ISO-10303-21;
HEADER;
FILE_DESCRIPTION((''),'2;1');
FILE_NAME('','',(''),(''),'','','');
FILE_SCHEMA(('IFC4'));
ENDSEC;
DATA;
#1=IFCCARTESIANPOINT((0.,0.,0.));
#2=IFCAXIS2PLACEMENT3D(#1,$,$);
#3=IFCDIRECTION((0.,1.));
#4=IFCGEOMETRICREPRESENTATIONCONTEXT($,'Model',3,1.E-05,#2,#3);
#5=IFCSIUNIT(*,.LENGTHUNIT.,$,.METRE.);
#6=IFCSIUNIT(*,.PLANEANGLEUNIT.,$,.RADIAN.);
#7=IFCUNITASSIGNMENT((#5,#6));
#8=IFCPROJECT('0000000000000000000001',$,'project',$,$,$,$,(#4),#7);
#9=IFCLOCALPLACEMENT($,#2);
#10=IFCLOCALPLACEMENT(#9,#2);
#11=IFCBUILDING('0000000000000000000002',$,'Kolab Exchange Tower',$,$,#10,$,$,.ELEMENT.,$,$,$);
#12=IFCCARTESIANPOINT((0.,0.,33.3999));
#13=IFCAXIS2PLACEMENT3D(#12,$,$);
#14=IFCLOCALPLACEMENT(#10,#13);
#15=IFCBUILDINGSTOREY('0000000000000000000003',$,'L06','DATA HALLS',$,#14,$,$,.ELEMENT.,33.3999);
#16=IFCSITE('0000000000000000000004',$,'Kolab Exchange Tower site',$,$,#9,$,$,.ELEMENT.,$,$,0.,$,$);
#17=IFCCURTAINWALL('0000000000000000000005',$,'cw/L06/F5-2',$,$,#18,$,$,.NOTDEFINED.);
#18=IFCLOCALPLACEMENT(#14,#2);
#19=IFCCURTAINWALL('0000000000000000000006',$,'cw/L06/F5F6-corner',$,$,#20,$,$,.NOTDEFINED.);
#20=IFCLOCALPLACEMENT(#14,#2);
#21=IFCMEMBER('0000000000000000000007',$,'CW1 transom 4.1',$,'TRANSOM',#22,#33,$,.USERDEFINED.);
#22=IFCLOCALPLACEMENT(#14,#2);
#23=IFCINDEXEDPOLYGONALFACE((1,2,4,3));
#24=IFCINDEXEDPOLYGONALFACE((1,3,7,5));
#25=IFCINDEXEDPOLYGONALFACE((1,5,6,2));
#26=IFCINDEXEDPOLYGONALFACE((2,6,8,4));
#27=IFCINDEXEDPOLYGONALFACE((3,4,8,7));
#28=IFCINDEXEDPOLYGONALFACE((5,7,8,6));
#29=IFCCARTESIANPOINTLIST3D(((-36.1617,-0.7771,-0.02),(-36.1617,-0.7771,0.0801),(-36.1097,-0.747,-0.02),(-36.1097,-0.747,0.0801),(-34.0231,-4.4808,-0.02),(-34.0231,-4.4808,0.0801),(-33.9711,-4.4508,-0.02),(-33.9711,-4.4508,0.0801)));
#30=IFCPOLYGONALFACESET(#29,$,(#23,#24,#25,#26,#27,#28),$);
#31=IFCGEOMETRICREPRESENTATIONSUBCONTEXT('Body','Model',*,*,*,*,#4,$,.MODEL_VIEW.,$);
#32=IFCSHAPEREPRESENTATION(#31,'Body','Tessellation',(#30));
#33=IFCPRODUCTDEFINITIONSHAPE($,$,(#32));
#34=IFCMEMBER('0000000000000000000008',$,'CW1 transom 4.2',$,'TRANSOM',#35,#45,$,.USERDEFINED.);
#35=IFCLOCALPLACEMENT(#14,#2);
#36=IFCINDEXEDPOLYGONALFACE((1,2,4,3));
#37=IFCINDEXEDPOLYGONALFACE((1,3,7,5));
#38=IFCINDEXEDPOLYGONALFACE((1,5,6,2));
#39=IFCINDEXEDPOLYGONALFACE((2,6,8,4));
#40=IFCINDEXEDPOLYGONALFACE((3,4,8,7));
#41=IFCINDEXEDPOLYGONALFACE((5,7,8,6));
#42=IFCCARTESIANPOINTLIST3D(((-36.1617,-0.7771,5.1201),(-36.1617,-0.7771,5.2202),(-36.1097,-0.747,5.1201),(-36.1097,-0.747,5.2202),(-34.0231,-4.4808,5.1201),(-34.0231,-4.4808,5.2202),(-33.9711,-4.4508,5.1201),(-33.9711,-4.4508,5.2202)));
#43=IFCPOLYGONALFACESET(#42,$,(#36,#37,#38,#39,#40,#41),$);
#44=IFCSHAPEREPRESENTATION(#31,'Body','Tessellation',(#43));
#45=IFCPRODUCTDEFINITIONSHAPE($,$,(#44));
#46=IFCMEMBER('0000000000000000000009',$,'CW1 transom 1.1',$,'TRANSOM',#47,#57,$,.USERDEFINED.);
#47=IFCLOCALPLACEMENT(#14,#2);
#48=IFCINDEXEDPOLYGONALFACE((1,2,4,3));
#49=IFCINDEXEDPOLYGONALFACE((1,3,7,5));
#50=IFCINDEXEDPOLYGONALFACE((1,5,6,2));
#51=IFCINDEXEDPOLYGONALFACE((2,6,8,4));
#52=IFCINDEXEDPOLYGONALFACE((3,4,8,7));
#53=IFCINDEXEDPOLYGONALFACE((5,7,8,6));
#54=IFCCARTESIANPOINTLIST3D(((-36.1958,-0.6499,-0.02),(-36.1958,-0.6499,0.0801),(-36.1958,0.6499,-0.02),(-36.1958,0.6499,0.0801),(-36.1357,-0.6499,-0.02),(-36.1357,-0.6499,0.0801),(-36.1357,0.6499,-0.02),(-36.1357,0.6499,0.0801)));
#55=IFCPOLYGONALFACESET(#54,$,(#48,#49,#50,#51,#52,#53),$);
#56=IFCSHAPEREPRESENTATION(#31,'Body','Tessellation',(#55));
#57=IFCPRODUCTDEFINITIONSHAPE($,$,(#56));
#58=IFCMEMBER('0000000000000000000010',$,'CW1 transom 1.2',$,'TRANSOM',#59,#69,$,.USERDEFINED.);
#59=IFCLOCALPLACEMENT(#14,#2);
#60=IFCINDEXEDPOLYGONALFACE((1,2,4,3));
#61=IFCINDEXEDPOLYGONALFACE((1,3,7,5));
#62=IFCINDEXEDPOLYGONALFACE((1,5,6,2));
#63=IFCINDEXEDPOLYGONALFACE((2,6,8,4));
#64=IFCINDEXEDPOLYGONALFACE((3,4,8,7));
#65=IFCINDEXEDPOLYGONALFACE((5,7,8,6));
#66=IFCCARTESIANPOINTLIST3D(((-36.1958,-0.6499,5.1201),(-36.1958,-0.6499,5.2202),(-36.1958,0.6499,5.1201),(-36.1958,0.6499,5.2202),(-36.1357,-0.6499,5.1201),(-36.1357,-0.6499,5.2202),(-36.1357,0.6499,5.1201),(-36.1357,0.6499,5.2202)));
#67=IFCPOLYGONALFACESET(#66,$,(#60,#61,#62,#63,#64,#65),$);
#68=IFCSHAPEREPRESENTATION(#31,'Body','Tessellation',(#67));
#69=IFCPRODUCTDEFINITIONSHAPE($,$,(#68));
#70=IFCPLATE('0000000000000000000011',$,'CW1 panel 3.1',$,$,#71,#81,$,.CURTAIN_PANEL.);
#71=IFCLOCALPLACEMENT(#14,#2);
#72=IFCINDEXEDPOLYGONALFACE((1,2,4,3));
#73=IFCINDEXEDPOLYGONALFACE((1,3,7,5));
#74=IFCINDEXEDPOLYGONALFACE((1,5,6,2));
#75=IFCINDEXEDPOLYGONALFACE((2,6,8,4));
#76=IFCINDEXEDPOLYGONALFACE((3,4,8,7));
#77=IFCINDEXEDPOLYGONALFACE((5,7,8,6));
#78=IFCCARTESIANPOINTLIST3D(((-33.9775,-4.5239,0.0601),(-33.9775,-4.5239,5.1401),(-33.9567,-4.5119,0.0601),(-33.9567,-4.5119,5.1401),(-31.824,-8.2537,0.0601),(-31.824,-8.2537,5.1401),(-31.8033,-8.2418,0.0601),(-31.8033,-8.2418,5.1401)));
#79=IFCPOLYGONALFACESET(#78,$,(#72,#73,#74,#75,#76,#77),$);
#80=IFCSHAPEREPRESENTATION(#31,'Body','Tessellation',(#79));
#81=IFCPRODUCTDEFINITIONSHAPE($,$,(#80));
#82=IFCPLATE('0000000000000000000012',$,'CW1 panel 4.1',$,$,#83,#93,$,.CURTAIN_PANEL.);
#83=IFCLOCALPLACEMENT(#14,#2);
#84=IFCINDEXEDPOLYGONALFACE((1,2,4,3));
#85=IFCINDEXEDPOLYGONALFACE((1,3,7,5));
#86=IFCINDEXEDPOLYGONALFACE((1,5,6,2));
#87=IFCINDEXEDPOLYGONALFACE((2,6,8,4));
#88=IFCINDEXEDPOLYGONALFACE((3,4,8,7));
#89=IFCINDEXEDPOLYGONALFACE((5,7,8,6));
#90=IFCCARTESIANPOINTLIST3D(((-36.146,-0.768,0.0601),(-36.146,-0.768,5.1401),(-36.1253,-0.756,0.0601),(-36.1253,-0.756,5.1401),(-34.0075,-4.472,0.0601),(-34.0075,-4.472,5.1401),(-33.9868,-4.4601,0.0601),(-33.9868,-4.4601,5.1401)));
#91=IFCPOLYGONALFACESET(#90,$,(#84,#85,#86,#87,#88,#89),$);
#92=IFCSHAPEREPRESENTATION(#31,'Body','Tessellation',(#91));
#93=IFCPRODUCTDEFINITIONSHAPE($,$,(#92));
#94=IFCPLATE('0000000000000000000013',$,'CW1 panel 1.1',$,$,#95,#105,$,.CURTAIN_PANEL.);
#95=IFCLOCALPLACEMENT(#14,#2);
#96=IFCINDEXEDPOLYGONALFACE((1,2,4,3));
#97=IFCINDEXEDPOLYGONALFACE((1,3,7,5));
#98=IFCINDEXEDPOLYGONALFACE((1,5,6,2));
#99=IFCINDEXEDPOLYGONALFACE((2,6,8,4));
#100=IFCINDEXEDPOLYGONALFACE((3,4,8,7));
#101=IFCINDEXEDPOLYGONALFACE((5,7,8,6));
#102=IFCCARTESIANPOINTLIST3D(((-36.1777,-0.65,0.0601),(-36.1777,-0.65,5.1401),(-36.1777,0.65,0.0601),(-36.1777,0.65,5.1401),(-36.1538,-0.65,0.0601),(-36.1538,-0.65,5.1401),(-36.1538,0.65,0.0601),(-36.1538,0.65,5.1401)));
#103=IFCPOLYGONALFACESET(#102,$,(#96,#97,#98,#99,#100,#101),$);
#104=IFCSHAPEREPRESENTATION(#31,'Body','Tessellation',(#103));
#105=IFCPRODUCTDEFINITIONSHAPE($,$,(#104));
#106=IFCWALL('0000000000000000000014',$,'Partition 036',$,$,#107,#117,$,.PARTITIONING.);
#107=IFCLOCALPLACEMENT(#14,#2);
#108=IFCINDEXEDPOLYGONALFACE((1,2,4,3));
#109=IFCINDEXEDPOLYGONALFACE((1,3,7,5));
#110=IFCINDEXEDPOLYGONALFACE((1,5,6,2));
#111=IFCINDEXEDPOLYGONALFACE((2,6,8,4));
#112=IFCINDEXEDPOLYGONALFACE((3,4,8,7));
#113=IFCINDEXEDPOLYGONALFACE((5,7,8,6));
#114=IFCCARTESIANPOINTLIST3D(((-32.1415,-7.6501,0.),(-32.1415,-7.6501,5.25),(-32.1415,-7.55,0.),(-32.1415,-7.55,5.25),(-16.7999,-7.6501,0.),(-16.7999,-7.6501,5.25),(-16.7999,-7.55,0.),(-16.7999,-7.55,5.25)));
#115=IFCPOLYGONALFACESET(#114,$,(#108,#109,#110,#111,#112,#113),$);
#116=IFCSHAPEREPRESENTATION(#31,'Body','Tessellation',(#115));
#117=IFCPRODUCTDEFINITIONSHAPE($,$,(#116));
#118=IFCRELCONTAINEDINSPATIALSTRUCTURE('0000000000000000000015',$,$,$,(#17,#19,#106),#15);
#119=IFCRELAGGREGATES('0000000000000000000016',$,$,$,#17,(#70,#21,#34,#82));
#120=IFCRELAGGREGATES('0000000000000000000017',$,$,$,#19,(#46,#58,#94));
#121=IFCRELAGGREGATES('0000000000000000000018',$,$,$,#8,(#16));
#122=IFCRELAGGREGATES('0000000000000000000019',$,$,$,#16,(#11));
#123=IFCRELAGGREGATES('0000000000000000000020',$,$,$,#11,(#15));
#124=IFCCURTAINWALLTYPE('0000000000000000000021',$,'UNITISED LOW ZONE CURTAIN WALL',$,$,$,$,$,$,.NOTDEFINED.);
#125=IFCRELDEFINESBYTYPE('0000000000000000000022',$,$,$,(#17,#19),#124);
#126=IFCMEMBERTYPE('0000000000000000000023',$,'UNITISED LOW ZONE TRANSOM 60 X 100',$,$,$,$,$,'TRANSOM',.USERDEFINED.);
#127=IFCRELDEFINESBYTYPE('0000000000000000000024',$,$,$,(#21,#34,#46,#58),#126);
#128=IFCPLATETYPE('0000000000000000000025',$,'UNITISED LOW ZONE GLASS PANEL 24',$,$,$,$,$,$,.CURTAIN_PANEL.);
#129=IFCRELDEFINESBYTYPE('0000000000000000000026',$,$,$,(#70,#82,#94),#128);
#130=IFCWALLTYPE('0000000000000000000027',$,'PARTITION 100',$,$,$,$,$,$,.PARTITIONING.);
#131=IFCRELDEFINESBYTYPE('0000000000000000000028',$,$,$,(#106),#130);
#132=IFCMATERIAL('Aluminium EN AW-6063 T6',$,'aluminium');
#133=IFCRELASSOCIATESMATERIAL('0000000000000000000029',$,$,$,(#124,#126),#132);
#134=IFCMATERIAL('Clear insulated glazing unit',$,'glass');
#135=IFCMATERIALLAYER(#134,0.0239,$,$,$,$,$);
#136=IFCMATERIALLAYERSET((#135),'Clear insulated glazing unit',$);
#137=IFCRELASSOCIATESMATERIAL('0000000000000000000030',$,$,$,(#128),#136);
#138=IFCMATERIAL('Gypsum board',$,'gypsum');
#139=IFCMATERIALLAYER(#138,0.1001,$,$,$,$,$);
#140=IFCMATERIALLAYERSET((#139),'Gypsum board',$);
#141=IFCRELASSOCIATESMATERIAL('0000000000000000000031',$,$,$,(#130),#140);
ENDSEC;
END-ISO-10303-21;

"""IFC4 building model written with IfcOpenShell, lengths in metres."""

from ifc_helpers import new_model, si_unit, direction, frame, frame_2d, origin, origin_2d, place, context, subcontext, project, spatial, rectangle, extrude, material, layer, layer_set, material_profile, profile_set, type_object, element, aggregate, save


model = new_model("IFC4")

# Units and contexts
model_context = context("Model", 3, precision=1e-05, world=origin(), true_north=direction((0.0, 1.0)))
body_context = subcontext(model_context, "Body", "Model", "MODEL_VIEW")
ifc_project = project(units=[si_unit("LENGTHUNIT", "METRE"), si_unit("PLANEANGLEUNIT", "RADIAN")], contexts=[model_context])

# Site, building, storey
site_placement = place(None, origin())
site = spatial("IfcSite", under=ifc_project, at=site_placement, Name="Kolab Exchange Tower site", CompositionType="ELEMENT", RefElevation=0.0)
building_placement = place(site_placement, origin())
building = spatial("IfcBuilding", under=site, at=building_placement, Name="Kolab Exchange Tower", CompositionType="ELEMENT")
storey_placement = place(building_placement, frame((0.0, 0.0, 33.3999)))
storey = spatial("IfcBuildingStorey", under=building, at=storey_placement, Name="L06", Description="DATA HALLS", CompositionType="ELEMENT", Elevation=33.3999)

# Curtain wall
ifc_material_1 = material(Name="Aluminium EN AW-6063 T6", Category="aluminium")
curtain_wall_type = type_object("IfcCurtainWallType", Name="UNITISED LOW ZONE CURTAIN WALL", PredefinedType="NOTDEFINED", material=ifc_material_1)
curtain_wall_1_placement = place(storey_placement, origin())
curtain_wall_1 = element("IfcCurtainWall", 1, at=curtain_wall_1_placement, inside=storey, type_object=curtain_wall_type, Name="cw/L06/F5-2", PredefinedType="NOTDEFINED")

# Curtain wall
curtain_wall_2_placement = place(storey_placement, origin())
curtain_wall_2 = element("IfcCurtainWall", 2, at=curtain_wall_2_placement, inside=storey, type_object=curtain_wall_type, Name="cw/L06/F5F6-corner", PredefinedType="NOTDEFINED")

# Members
ifc_material_profile_1 = material_profile(ifc_material_1, rectangle(XDim=0.0601, YDim=0.1001, at=origin_2d()), Name="RECT 60X100")
ifc_profile_set_1 = profile_set([ifc_material_profile_1], Name="Aluminium EN AW-6063 T6")
member_type_1 = type_object("IfcMemberType", Name="UNITISED LOW ZONE TRANSOM 60 X 100", ElementType="TRANSOM", PredefinedType="USERDEFINED", material=ifc_profile_set_1)
member_1_placement = place(storey_placement, frame((-33.9971, -4.4658, 0.03), z_axis=(-0.500044, 0.866, 0.0), x_axis=(-0.866, -0.500044, 0.0)))
member_1 = element("IfcMember", 3, at=member_1_placement, type_object=member_type_1, Name="CW1 transom 4.1", ObjectType="TRANSOM", PredefinedType="USERDEFINED", context=body_context, shape_type="SweptSolid", body=[
    extrude(rectangle(XDim=0.0601, YDim=0.1001, at=origin_2d()), origin(), (0.0, 0.0, 1.0), 4.2769),
])
member_2_placement = place(storey_placement, frame((-33.9971, -4.4658, 5.1702), z_axis=(-0.500044, 0.866, 0.0), x_axis=(-0.866, -0.500044, 0.0)))
member_2 = element("IfcMember", 4, at=member_2_placement, type_object=member_type_1, Name="CW1 transom 4.2", ObjectType="TRANSOM", PredefinedType="USERDEFINED", context=body_context, shape_type="SweptSolid", body=[
    extrude(rectangle(XDim=0.0601, YDim=0.1001, at=origin_2d()), origin(), (0.0, 0.0, 1.0), 4.2769),
])
member_3_placement = place(storey_placement, frame((-36.1658, -0.6499, 0.03), z_axis=(0.0, 1.0, 0.0), x_axis=(-1.0, 0.0, 0.0)))
member_3 = element("IfcMember", 5, at=member_3_placement, type_object=member_type_1, Name="CW1 transom 1.1", ObjectType="TRANSOM", PredefinedType="USERDEFINED", context=body_context, shape_type="SweptSolid", body=[
    extrude(rectangle(XDim=0.0601, YDim=0.1001, at=origin_2d()), origin(), (0.0, 0.0, 1.0), 1.2998),
])
member_4_placement = place(storey_placement, frame((-36.1658, -0.6499, 5.1702), z_axis=(0.0, 1.0, 0.0), x_axis=(-1.0, 0.0, 0.0)))
member_4 = element("IfcMember", 6, at=member_4_placement, type_object=member_type_1, Name="CW1 transom 1.2", ObjectType="TRANSOM", PredefinedType="USERDEFINED", context=body_context, shape_type="SweptSolid", body=[
    extrude(rectangle(XDim=0.0601, YDim=0.1001, at=origin_2d()), origin(), (0.0, 0.0, 1.0), 1.2998),
])

# Plates
ifc_material_2 = material(Name="Clear insulated glazing unit", Category="glass")
ifc_layer_1 = layer(ifc_material_2, 0.0239)
ifc_layer_set_1 = layer_set([ifc_layer_1], Name="Clear insulated glazing unit")
plate_type = type_object("IfcPlateType", Name="UNITISED LOW ZONE GLASS PANEL 24", PredefinedType="CURTAIN_PANEL", material=ifc_layer_set_1)
plate_1_placement = place(storey_placement, frame((-32.8904, -6.3828, 0.0601), z_axis=(0.0, 0.0, 1.0), x_axis=(-0.5, 0.866025, 0.0)))
plate_1 = element("IfcPlate", 7, at=plate_1_placement, type_object=plate_type, Name="CW1 panel 3.1", PredefinedType="CURTAIN_PANEL", context=body_context, shape_type="SweptSolid", body=[
    extrude(rectangle(XDim=4.3069, YDim=0.0239, at=origin_2d()), origin(), (0.0, 0.0, 1.0), 5.0801),
])
plate_2_placement = place(storey_placement, frame((-35.0664, -2.614, 0.0601), z_axis=(0.0, 0.0, 1.0), x_axis=(-0.5, 0.866025, 0.0)))
plate_2 = element("IfcPlate", 8, at=plate_2_placement, type_object=plate_type, Name="CW1 panel 4.1", PredefinedType="CURTAIN_PANEL", context=body_context, shape_type="SweptSolid", body=[
    extrude(rectangle(XDim=4.2771, YDim=0.0239, at=origin_2d()), origin(), (0.0, 0.0, 1.0), 5.0801),
])
aggregate(curtain_wall_1, [plate_1, member_1, member_2, plate_2])
plate_3_placement = place(storey_placement, frame((-36.1658, 0.0, 0.0601), z_axis=(0.0, 0.0, 1.0), x_axis=(0.0, 1.0, 0.0)))
plate_3 = element("IfcPlate", 9, at=plate_3_placement, type_object=plate_type, Name="CW1 panel 1.1", PredefinedType="CURTAIN_PANEL", context=body_context, shape_type="SweptSolid", body=[
    extrude(rectangle(XDim=1.3, YDim=0.0239, at=origin_2d()), origin(), (0.0, 0.0, 1.0), 5.0801),
])
aggregate(curtain_wall_2, [member_3, member_4, plate_3])

# Wall
ifc_material_3 = material(Name="Gypsum board", Category="gypsum")
ifc_layer_2 = layer(ifc_material_3, 0.1001)
ifc_layer_set_2 = layer_set([ifc_layer_2], Name="Gypsum board")
wall_type = type_object("IfcWallType", Name="PARTITION 100", PredefinedType="PARTITIONING", material=ifc_layer_set_2)
wall_placement = place(storey_placement, frame((-32.1416, -7.6001, 0.0), z_axis=(0.0, 0.0, 1.0), x_axis=(1.0, 0.0, 0.0)))
element("IfcWall", 10, at=wall_placement, inside=storey, type_object=wall_type, Name="Partition 036", PredefinedType="PARTITIONING", context=body_context, shape_type="SweptSolid", body=[
    extrude(rectangle(XDim=15.3416, YDim=0.1001, at=frame_2d((7.6709, 0.0))), origin(), (0.0, 0.0, 1.0), 5.25),
])

save(model, "model.ifc")
